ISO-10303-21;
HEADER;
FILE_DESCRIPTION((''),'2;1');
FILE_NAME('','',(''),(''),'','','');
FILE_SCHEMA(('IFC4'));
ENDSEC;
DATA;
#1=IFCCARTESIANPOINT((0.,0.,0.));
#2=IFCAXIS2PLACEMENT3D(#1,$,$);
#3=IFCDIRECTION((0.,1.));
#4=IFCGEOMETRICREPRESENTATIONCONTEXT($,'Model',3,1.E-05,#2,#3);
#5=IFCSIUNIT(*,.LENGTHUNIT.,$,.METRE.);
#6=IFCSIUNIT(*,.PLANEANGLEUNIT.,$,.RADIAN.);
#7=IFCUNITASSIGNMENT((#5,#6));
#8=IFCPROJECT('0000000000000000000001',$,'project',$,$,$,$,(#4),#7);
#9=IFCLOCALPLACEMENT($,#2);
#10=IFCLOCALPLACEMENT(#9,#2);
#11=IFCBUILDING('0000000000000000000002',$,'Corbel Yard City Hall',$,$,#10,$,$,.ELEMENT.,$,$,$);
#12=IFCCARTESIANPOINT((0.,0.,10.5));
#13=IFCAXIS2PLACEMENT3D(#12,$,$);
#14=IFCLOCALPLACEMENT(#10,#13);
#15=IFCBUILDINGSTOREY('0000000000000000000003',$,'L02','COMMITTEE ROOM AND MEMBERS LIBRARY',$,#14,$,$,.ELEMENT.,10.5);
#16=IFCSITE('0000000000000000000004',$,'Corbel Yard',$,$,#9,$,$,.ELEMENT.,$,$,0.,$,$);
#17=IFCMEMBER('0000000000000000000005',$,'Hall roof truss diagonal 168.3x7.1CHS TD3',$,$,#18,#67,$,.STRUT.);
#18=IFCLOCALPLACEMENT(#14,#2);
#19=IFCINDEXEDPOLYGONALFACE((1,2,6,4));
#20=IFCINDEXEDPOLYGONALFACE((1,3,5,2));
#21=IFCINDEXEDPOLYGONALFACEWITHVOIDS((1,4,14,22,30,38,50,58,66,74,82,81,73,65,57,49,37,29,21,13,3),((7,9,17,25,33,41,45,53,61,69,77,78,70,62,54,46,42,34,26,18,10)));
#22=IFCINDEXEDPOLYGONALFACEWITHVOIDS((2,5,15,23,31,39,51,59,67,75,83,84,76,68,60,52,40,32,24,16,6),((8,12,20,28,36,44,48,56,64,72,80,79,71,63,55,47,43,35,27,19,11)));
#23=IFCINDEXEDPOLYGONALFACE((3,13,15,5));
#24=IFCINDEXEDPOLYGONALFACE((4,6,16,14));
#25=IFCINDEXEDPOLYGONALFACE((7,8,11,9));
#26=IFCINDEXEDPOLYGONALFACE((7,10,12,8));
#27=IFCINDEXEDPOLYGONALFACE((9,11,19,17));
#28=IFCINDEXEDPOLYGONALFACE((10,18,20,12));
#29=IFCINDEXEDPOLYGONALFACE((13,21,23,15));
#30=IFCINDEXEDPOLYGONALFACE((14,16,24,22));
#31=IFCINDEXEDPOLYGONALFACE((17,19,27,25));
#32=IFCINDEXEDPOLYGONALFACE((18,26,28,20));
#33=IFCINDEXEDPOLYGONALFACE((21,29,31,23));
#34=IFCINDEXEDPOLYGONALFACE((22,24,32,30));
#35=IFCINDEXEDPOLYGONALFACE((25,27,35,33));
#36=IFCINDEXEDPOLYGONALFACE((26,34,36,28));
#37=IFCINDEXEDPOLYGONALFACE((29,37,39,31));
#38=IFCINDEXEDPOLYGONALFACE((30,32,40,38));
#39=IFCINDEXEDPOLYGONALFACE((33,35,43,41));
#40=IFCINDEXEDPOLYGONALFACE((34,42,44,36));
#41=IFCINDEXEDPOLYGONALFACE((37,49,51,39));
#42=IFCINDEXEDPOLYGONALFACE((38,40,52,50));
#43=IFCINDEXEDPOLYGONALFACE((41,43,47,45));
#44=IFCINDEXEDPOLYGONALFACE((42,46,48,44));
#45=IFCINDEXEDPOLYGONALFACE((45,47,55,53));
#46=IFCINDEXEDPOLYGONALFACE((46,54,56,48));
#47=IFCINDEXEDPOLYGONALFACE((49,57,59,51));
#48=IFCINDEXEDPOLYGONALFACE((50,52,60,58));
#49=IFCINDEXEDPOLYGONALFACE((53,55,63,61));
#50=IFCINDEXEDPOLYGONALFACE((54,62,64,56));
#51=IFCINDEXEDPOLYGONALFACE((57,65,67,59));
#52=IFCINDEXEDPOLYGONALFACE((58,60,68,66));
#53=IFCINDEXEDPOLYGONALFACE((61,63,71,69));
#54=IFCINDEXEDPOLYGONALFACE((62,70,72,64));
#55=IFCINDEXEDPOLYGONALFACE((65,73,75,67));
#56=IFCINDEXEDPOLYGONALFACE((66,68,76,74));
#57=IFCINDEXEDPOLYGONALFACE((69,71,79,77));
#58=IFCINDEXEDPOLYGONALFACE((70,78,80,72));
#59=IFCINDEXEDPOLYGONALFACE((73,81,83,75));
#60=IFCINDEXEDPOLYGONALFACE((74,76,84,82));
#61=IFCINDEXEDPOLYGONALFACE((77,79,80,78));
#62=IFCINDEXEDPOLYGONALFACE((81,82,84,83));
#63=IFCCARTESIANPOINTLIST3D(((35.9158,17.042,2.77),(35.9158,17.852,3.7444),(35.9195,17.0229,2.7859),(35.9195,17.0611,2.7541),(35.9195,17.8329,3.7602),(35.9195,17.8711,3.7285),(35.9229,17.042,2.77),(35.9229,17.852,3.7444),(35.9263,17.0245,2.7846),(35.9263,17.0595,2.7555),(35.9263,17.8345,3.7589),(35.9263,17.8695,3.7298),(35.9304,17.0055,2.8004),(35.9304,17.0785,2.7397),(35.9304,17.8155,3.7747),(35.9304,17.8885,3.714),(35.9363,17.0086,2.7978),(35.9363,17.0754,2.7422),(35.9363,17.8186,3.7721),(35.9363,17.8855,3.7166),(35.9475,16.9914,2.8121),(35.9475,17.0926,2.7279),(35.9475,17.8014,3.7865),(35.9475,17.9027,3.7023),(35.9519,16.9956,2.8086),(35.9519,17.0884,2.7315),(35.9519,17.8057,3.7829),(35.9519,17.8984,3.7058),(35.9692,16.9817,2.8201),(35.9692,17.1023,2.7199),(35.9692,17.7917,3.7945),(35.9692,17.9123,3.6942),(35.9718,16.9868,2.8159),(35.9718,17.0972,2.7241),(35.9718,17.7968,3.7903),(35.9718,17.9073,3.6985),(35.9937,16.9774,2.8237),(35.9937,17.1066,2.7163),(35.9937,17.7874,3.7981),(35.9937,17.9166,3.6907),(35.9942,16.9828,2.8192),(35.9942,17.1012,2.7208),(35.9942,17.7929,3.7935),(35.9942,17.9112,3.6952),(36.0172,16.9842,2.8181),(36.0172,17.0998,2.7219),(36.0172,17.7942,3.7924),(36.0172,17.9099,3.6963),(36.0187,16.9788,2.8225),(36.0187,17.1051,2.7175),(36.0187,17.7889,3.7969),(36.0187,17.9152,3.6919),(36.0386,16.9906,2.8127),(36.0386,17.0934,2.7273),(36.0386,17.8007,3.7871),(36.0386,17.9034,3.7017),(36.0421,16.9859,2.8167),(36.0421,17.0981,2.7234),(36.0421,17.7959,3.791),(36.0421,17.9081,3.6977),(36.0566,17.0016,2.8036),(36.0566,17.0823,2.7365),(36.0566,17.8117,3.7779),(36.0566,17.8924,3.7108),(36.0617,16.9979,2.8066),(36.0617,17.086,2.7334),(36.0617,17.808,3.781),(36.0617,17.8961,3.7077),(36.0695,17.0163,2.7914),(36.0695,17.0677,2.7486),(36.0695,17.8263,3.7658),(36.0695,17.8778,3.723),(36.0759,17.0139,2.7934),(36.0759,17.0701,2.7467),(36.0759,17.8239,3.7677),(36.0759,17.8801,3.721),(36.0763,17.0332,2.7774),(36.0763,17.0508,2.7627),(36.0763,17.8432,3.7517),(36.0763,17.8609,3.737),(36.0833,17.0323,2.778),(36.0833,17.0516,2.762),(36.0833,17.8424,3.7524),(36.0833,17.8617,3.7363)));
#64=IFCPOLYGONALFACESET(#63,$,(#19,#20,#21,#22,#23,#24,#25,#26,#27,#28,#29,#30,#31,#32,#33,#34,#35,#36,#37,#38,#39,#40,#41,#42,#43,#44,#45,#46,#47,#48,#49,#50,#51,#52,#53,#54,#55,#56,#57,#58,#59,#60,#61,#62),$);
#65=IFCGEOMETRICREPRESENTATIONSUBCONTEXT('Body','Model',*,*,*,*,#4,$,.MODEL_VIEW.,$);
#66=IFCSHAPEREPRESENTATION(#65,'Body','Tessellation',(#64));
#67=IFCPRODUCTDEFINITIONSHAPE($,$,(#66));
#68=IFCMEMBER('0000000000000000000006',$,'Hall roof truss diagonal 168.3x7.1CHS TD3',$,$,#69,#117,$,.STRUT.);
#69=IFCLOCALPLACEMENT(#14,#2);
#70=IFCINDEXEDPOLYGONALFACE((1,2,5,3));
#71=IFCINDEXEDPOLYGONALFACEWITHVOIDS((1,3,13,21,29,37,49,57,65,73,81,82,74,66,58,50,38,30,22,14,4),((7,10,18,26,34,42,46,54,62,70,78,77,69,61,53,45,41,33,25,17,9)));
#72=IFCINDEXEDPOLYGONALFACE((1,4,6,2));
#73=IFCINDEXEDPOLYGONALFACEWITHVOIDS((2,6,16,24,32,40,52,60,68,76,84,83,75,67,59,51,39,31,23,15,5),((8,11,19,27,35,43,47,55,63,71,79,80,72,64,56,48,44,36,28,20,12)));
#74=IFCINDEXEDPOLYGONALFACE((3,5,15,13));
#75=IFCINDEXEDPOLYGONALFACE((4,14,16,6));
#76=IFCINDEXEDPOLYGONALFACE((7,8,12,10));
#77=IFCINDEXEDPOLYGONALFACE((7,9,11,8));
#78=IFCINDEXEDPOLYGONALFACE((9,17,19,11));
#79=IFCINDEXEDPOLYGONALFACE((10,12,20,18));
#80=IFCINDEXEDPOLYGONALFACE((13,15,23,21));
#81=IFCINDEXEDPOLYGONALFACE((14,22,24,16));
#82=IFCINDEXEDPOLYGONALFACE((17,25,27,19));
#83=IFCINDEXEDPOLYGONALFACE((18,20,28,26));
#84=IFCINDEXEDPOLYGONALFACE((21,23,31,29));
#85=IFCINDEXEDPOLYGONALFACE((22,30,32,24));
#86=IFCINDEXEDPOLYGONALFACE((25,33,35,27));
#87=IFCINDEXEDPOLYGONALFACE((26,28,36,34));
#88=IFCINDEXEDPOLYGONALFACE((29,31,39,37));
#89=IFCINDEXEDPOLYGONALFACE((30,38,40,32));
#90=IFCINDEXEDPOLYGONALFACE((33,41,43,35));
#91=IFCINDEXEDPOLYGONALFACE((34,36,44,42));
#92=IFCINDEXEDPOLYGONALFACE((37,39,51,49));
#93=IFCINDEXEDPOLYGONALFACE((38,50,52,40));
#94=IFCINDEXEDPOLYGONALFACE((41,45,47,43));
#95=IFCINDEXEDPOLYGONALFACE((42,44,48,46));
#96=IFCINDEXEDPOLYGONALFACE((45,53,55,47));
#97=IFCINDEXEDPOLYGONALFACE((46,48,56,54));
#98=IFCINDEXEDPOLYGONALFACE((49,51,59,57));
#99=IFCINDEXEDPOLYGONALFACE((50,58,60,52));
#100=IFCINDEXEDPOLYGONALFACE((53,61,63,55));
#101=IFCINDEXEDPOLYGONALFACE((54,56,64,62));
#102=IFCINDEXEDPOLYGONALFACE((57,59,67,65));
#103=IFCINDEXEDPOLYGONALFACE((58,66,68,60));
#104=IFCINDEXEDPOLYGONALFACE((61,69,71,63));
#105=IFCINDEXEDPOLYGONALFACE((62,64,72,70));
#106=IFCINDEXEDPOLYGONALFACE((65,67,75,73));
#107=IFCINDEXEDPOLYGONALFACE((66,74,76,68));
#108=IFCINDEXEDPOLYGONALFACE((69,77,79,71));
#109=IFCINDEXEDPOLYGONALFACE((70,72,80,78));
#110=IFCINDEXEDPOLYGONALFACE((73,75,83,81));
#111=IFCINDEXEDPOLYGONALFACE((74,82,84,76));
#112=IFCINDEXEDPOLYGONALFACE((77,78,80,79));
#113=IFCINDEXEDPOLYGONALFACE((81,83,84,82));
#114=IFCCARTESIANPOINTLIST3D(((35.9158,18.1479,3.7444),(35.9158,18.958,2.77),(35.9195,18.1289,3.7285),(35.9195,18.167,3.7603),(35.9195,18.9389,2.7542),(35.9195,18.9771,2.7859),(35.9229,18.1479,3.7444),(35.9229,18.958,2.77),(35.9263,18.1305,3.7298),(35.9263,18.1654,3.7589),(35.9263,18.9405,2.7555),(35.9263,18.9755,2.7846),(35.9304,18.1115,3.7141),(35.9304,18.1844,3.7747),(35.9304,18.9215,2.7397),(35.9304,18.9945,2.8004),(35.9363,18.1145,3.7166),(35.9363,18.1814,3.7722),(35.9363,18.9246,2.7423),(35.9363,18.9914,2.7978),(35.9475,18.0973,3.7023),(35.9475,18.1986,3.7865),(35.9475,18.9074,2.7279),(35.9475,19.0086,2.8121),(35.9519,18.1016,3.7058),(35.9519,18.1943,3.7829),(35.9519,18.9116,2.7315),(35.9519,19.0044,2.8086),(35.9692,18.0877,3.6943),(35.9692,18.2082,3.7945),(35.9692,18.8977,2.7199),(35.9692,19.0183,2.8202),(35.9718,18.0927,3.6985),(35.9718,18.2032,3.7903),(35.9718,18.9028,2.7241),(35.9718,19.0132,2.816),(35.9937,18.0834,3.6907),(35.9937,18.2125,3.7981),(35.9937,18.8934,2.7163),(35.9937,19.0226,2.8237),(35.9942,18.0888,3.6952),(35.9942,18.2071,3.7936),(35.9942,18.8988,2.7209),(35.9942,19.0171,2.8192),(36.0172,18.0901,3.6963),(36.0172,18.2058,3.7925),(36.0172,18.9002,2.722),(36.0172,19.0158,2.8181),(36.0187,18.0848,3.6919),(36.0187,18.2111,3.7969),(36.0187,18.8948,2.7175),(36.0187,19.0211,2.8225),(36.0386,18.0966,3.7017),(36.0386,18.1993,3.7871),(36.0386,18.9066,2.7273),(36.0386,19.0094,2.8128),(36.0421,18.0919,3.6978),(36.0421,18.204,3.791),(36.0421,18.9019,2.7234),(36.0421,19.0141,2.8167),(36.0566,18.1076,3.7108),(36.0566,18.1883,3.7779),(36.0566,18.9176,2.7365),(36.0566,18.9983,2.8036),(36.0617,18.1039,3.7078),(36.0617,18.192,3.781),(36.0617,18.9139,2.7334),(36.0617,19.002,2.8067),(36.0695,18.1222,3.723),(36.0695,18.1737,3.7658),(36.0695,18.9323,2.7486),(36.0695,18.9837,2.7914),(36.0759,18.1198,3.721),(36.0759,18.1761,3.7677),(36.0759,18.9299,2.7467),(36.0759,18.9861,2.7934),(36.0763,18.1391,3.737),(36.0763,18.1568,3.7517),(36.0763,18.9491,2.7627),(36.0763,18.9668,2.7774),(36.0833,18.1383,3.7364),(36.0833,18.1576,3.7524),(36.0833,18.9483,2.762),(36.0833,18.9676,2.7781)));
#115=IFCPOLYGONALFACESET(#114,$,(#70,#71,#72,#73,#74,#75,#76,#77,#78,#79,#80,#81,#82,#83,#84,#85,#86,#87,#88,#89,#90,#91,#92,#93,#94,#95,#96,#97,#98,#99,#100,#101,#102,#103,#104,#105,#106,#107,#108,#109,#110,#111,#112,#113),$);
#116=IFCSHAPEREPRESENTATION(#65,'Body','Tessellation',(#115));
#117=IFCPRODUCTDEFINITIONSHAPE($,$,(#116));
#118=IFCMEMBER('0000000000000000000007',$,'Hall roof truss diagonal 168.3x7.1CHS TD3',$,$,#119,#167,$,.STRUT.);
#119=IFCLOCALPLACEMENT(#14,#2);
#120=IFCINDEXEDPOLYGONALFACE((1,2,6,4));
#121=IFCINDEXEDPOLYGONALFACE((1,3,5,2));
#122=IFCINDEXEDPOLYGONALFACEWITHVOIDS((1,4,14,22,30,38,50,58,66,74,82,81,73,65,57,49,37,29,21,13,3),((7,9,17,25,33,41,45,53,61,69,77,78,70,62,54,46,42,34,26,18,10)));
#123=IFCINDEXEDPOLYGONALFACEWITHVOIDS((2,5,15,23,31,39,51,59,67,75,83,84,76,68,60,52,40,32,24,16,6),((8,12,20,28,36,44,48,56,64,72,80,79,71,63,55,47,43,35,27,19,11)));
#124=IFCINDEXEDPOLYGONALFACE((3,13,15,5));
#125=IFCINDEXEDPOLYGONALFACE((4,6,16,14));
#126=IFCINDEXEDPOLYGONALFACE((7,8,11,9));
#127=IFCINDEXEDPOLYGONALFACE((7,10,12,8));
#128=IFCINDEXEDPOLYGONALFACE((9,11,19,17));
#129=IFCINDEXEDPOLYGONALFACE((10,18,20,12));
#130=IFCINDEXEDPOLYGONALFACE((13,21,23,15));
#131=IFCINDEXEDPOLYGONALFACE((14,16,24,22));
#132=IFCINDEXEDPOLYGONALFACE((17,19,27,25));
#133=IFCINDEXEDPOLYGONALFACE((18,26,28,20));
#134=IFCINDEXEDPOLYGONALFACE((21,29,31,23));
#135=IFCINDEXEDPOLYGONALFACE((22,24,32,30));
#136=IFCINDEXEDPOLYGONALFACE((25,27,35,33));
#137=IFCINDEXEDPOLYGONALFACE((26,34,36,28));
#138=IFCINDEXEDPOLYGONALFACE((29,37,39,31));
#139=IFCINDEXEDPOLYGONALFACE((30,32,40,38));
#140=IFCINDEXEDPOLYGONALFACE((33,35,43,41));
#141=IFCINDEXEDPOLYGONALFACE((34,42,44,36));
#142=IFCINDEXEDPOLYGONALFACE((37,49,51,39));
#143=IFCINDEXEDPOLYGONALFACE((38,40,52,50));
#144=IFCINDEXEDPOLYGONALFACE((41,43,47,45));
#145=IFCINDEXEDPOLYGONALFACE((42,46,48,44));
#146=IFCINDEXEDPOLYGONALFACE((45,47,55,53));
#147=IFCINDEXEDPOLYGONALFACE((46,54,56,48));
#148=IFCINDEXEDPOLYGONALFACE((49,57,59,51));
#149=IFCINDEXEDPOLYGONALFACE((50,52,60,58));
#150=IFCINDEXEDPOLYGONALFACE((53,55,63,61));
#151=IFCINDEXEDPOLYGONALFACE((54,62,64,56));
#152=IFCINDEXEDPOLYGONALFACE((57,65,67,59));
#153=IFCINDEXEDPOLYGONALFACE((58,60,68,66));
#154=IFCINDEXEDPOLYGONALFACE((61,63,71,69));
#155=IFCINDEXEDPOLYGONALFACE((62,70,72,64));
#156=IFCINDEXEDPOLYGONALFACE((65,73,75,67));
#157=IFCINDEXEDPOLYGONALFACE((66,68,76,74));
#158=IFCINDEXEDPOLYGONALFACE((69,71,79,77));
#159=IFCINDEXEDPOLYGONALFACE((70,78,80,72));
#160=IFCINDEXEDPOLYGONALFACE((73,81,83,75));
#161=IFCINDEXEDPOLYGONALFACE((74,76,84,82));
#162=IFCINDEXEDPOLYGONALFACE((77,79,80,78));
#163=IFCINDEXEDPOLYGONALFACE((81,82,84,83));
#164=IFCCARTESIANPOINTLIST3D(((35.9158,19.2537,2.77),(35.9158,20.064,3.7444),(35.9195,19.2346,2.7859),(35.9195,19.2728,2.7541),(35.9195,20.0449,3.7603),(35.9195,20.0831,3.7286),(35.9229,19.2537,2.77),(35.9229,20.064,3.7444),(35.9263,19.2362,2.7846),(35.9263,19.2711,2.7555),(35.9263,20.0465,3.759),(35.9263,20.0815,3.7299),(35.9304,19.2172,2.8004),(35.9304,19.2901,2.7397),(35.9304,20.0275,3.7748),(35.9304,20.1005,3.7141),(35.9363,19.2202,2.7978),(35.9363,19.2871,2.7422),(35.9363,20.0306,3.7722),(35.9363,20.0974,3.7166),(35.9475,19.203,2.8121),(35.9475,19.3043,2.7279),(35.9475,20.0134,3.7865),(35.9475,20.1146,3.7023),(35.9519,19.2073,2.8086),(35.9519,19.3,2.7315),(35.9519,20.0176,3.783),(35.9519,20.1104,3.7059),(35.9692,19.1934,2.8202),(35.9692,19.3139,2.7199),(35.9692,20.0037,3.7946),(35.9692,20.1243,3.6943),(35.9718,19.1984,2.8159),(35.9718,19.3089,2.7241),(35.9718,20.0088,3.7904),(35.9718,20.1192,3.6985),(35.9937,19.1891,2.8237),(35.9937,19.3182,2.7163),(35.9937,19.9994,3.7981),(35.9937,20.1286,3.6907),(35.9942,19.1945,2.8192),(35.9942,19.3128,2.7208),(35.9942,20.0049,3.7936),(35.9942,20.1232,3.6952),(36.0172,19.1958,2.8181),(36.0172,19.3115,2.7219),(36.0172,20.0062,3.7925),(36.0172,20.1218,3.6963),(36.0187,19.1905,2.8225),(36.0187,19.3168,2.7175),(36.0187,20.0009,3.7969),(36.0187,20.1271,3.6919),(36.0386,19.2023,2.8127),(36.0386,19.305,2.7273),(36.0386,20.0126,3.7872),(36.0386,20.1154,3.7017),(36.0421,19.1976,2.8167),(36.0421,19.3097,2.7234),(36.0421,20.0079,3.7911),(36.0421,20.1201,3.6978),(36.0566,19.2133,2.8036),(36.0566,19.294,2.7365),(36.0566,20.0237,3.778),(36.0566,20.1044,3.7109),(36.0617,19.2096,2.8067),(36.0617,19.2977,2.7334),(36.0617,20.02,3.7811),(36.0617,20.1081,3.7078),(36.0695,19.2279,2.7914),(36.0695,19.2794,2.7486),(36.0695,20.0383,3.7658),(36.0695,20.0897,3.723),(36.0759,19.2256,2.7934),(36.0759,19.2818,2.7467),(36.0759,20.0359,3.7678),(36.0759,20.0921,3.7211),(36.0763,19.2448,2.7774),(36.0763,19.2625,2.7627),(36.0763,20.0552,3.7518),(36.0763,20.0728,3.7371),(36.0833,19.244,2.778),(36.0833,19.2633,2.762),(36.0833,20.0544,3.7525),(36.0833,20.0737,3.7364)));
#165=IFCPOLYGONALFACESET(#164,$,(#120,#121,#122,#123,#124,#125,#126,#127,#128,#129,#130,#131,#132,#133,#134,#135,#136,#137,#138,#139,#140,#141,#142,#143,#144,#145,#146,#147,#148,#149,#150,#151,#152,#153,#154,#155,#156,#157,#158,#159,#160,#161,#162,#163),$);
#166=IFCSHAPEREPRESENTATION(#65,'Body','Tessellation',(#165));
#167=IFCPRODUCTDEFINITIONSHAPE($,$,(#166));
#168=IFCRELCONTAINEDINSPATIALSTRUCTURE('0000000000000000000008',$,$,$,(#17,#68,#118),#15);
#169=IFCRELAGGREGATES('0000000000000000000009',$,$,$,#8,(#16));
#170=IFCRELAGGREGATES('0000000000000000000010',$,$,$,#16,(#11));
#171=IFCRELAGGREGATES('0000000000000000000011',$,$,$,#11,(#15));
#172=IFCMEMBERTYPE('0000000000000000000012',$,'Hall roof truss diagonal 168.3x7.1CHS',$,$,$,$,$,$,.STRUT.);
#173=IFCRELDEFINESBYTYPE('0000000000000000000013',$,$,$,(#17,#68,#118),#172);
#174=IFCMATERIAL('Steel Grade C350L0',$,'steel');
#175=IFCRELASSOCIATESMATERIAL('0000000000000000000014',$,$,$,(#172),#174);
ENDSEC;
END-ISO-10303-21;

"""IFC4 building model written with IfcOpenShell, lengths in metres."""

from ifc_helpers import new_model, si_unit, direction, frame, origin, origin_2d, place, context, subcontext, project, spatial, hollow_circle, extrude, material, material_profile, profile_set, type_object, element, save


model = new_model("IFC4")

# Units and contexts
model_context = context("Model", 3, precision=1e-05, world=origin(), true_north=direction((0.0, 1.0)))
body_context = subcontext(model_context, "Body", "Model", "MODEL_VIEW")
ifc_project = project(units=[si_unit("LENGTHUNIT", "METRE"), si_unit("PLANEANGLEUNIT", "RADIAN")], contexts=[model_context])

# Site, building, storey
site_placement = place(None, origin())
site = spatial("IfcSite", under=ifc_project, at=site_placement, Name="Corbel Yard", CompositionType="ELEMENT", RefElevation=0.0)
building_placement = place(site_placement, origin())
building = spatial("IfcBuilding", under=site, at=building_placement, Name="Corbel Yard City Hall", CompositionType="ELEMENT")
storey_placement = place(building_placement, frame((0.0, 0.0, 10.5)))
storey = spatial("IfcBuildingStorey", under=building, at=storey_placement, Name="L02", Description="COMMITTEE ROOM AND MEMBERS LIBRARY", CompositionType="ELEMENT", Elevation=10.5)

# Members
ifc_material_1 = material(Name="Steel Grade C350L0", Category="steel")
ifc_material_profile_1 = material_profile(ifc_material_1, hollow_circle(Radius=0.0842, WallThickness=0.0071, at=origin_2d()), Name="168.3x7.1CHS")
ifc_profile_set_1 = profile_set([ifc_material_profile_1], Name="Steel Grade C350L0")
member_type_1 = type_object("IfcMemberType", Name="Hall roof truss diagonal 168.3x7.1CHS", PredefinedType="STRUT", material=ifc_profile_set_1)
for number, where, z_axis, x_axis, name in (
    (1, (36.0, 17.042, 2.77), (0.0, 0.639293, 0.768963), (-1.0, 0.0, 0.0), "Hall roof truss diagonal 168.3x7.1CHS TD3"),
    (2, (36.0, 18.1479, 3.7444), (0.0, 0.639293, -0.768963), (-1.0, 0.0, 0.0), "Hall roof truss diagonal 168.3x7.1CHS TD3"),
):
    element("IfcMember", number, at=place(storey_placement, frame(where, z_axis=z_axis, x_axis=x_axis)), inside=storey, type_object=member_type_1, Name=name, PredefinedType="STRUT", context=body_context, shape_type="SweptSolid", body=[
        extrude(hollow_circle(Radius=0.0842, WallThickness=0.0071, at=origin_2d()), origin(), (0.0, 0.0, 1.0), 1.2671),
    ])
member_1_placement = place(storey_placement, frame((36.0, 19.2537, 2.77), z_axis=(0.0, 0.639407, 0.768868), x_axis=(-1.0, 0.0, 0.0)))
element("IfcMember", 3, at=member_1_placement, inside=storey, type_object=member_type_1, Name="Hall roof truss diagonal 168.3x7.1CHS TD3", PredefinedType="STRUT", context=body_context, shape_type="SweptSolid", body=[
    extrude(hollow_circle(Radius=0.0842, WallThickness=0.0071, at=origin_2d()), origin(), (0.0, 0.0, 1.0), 1.2673),
])

save(model, "model.ifc")
